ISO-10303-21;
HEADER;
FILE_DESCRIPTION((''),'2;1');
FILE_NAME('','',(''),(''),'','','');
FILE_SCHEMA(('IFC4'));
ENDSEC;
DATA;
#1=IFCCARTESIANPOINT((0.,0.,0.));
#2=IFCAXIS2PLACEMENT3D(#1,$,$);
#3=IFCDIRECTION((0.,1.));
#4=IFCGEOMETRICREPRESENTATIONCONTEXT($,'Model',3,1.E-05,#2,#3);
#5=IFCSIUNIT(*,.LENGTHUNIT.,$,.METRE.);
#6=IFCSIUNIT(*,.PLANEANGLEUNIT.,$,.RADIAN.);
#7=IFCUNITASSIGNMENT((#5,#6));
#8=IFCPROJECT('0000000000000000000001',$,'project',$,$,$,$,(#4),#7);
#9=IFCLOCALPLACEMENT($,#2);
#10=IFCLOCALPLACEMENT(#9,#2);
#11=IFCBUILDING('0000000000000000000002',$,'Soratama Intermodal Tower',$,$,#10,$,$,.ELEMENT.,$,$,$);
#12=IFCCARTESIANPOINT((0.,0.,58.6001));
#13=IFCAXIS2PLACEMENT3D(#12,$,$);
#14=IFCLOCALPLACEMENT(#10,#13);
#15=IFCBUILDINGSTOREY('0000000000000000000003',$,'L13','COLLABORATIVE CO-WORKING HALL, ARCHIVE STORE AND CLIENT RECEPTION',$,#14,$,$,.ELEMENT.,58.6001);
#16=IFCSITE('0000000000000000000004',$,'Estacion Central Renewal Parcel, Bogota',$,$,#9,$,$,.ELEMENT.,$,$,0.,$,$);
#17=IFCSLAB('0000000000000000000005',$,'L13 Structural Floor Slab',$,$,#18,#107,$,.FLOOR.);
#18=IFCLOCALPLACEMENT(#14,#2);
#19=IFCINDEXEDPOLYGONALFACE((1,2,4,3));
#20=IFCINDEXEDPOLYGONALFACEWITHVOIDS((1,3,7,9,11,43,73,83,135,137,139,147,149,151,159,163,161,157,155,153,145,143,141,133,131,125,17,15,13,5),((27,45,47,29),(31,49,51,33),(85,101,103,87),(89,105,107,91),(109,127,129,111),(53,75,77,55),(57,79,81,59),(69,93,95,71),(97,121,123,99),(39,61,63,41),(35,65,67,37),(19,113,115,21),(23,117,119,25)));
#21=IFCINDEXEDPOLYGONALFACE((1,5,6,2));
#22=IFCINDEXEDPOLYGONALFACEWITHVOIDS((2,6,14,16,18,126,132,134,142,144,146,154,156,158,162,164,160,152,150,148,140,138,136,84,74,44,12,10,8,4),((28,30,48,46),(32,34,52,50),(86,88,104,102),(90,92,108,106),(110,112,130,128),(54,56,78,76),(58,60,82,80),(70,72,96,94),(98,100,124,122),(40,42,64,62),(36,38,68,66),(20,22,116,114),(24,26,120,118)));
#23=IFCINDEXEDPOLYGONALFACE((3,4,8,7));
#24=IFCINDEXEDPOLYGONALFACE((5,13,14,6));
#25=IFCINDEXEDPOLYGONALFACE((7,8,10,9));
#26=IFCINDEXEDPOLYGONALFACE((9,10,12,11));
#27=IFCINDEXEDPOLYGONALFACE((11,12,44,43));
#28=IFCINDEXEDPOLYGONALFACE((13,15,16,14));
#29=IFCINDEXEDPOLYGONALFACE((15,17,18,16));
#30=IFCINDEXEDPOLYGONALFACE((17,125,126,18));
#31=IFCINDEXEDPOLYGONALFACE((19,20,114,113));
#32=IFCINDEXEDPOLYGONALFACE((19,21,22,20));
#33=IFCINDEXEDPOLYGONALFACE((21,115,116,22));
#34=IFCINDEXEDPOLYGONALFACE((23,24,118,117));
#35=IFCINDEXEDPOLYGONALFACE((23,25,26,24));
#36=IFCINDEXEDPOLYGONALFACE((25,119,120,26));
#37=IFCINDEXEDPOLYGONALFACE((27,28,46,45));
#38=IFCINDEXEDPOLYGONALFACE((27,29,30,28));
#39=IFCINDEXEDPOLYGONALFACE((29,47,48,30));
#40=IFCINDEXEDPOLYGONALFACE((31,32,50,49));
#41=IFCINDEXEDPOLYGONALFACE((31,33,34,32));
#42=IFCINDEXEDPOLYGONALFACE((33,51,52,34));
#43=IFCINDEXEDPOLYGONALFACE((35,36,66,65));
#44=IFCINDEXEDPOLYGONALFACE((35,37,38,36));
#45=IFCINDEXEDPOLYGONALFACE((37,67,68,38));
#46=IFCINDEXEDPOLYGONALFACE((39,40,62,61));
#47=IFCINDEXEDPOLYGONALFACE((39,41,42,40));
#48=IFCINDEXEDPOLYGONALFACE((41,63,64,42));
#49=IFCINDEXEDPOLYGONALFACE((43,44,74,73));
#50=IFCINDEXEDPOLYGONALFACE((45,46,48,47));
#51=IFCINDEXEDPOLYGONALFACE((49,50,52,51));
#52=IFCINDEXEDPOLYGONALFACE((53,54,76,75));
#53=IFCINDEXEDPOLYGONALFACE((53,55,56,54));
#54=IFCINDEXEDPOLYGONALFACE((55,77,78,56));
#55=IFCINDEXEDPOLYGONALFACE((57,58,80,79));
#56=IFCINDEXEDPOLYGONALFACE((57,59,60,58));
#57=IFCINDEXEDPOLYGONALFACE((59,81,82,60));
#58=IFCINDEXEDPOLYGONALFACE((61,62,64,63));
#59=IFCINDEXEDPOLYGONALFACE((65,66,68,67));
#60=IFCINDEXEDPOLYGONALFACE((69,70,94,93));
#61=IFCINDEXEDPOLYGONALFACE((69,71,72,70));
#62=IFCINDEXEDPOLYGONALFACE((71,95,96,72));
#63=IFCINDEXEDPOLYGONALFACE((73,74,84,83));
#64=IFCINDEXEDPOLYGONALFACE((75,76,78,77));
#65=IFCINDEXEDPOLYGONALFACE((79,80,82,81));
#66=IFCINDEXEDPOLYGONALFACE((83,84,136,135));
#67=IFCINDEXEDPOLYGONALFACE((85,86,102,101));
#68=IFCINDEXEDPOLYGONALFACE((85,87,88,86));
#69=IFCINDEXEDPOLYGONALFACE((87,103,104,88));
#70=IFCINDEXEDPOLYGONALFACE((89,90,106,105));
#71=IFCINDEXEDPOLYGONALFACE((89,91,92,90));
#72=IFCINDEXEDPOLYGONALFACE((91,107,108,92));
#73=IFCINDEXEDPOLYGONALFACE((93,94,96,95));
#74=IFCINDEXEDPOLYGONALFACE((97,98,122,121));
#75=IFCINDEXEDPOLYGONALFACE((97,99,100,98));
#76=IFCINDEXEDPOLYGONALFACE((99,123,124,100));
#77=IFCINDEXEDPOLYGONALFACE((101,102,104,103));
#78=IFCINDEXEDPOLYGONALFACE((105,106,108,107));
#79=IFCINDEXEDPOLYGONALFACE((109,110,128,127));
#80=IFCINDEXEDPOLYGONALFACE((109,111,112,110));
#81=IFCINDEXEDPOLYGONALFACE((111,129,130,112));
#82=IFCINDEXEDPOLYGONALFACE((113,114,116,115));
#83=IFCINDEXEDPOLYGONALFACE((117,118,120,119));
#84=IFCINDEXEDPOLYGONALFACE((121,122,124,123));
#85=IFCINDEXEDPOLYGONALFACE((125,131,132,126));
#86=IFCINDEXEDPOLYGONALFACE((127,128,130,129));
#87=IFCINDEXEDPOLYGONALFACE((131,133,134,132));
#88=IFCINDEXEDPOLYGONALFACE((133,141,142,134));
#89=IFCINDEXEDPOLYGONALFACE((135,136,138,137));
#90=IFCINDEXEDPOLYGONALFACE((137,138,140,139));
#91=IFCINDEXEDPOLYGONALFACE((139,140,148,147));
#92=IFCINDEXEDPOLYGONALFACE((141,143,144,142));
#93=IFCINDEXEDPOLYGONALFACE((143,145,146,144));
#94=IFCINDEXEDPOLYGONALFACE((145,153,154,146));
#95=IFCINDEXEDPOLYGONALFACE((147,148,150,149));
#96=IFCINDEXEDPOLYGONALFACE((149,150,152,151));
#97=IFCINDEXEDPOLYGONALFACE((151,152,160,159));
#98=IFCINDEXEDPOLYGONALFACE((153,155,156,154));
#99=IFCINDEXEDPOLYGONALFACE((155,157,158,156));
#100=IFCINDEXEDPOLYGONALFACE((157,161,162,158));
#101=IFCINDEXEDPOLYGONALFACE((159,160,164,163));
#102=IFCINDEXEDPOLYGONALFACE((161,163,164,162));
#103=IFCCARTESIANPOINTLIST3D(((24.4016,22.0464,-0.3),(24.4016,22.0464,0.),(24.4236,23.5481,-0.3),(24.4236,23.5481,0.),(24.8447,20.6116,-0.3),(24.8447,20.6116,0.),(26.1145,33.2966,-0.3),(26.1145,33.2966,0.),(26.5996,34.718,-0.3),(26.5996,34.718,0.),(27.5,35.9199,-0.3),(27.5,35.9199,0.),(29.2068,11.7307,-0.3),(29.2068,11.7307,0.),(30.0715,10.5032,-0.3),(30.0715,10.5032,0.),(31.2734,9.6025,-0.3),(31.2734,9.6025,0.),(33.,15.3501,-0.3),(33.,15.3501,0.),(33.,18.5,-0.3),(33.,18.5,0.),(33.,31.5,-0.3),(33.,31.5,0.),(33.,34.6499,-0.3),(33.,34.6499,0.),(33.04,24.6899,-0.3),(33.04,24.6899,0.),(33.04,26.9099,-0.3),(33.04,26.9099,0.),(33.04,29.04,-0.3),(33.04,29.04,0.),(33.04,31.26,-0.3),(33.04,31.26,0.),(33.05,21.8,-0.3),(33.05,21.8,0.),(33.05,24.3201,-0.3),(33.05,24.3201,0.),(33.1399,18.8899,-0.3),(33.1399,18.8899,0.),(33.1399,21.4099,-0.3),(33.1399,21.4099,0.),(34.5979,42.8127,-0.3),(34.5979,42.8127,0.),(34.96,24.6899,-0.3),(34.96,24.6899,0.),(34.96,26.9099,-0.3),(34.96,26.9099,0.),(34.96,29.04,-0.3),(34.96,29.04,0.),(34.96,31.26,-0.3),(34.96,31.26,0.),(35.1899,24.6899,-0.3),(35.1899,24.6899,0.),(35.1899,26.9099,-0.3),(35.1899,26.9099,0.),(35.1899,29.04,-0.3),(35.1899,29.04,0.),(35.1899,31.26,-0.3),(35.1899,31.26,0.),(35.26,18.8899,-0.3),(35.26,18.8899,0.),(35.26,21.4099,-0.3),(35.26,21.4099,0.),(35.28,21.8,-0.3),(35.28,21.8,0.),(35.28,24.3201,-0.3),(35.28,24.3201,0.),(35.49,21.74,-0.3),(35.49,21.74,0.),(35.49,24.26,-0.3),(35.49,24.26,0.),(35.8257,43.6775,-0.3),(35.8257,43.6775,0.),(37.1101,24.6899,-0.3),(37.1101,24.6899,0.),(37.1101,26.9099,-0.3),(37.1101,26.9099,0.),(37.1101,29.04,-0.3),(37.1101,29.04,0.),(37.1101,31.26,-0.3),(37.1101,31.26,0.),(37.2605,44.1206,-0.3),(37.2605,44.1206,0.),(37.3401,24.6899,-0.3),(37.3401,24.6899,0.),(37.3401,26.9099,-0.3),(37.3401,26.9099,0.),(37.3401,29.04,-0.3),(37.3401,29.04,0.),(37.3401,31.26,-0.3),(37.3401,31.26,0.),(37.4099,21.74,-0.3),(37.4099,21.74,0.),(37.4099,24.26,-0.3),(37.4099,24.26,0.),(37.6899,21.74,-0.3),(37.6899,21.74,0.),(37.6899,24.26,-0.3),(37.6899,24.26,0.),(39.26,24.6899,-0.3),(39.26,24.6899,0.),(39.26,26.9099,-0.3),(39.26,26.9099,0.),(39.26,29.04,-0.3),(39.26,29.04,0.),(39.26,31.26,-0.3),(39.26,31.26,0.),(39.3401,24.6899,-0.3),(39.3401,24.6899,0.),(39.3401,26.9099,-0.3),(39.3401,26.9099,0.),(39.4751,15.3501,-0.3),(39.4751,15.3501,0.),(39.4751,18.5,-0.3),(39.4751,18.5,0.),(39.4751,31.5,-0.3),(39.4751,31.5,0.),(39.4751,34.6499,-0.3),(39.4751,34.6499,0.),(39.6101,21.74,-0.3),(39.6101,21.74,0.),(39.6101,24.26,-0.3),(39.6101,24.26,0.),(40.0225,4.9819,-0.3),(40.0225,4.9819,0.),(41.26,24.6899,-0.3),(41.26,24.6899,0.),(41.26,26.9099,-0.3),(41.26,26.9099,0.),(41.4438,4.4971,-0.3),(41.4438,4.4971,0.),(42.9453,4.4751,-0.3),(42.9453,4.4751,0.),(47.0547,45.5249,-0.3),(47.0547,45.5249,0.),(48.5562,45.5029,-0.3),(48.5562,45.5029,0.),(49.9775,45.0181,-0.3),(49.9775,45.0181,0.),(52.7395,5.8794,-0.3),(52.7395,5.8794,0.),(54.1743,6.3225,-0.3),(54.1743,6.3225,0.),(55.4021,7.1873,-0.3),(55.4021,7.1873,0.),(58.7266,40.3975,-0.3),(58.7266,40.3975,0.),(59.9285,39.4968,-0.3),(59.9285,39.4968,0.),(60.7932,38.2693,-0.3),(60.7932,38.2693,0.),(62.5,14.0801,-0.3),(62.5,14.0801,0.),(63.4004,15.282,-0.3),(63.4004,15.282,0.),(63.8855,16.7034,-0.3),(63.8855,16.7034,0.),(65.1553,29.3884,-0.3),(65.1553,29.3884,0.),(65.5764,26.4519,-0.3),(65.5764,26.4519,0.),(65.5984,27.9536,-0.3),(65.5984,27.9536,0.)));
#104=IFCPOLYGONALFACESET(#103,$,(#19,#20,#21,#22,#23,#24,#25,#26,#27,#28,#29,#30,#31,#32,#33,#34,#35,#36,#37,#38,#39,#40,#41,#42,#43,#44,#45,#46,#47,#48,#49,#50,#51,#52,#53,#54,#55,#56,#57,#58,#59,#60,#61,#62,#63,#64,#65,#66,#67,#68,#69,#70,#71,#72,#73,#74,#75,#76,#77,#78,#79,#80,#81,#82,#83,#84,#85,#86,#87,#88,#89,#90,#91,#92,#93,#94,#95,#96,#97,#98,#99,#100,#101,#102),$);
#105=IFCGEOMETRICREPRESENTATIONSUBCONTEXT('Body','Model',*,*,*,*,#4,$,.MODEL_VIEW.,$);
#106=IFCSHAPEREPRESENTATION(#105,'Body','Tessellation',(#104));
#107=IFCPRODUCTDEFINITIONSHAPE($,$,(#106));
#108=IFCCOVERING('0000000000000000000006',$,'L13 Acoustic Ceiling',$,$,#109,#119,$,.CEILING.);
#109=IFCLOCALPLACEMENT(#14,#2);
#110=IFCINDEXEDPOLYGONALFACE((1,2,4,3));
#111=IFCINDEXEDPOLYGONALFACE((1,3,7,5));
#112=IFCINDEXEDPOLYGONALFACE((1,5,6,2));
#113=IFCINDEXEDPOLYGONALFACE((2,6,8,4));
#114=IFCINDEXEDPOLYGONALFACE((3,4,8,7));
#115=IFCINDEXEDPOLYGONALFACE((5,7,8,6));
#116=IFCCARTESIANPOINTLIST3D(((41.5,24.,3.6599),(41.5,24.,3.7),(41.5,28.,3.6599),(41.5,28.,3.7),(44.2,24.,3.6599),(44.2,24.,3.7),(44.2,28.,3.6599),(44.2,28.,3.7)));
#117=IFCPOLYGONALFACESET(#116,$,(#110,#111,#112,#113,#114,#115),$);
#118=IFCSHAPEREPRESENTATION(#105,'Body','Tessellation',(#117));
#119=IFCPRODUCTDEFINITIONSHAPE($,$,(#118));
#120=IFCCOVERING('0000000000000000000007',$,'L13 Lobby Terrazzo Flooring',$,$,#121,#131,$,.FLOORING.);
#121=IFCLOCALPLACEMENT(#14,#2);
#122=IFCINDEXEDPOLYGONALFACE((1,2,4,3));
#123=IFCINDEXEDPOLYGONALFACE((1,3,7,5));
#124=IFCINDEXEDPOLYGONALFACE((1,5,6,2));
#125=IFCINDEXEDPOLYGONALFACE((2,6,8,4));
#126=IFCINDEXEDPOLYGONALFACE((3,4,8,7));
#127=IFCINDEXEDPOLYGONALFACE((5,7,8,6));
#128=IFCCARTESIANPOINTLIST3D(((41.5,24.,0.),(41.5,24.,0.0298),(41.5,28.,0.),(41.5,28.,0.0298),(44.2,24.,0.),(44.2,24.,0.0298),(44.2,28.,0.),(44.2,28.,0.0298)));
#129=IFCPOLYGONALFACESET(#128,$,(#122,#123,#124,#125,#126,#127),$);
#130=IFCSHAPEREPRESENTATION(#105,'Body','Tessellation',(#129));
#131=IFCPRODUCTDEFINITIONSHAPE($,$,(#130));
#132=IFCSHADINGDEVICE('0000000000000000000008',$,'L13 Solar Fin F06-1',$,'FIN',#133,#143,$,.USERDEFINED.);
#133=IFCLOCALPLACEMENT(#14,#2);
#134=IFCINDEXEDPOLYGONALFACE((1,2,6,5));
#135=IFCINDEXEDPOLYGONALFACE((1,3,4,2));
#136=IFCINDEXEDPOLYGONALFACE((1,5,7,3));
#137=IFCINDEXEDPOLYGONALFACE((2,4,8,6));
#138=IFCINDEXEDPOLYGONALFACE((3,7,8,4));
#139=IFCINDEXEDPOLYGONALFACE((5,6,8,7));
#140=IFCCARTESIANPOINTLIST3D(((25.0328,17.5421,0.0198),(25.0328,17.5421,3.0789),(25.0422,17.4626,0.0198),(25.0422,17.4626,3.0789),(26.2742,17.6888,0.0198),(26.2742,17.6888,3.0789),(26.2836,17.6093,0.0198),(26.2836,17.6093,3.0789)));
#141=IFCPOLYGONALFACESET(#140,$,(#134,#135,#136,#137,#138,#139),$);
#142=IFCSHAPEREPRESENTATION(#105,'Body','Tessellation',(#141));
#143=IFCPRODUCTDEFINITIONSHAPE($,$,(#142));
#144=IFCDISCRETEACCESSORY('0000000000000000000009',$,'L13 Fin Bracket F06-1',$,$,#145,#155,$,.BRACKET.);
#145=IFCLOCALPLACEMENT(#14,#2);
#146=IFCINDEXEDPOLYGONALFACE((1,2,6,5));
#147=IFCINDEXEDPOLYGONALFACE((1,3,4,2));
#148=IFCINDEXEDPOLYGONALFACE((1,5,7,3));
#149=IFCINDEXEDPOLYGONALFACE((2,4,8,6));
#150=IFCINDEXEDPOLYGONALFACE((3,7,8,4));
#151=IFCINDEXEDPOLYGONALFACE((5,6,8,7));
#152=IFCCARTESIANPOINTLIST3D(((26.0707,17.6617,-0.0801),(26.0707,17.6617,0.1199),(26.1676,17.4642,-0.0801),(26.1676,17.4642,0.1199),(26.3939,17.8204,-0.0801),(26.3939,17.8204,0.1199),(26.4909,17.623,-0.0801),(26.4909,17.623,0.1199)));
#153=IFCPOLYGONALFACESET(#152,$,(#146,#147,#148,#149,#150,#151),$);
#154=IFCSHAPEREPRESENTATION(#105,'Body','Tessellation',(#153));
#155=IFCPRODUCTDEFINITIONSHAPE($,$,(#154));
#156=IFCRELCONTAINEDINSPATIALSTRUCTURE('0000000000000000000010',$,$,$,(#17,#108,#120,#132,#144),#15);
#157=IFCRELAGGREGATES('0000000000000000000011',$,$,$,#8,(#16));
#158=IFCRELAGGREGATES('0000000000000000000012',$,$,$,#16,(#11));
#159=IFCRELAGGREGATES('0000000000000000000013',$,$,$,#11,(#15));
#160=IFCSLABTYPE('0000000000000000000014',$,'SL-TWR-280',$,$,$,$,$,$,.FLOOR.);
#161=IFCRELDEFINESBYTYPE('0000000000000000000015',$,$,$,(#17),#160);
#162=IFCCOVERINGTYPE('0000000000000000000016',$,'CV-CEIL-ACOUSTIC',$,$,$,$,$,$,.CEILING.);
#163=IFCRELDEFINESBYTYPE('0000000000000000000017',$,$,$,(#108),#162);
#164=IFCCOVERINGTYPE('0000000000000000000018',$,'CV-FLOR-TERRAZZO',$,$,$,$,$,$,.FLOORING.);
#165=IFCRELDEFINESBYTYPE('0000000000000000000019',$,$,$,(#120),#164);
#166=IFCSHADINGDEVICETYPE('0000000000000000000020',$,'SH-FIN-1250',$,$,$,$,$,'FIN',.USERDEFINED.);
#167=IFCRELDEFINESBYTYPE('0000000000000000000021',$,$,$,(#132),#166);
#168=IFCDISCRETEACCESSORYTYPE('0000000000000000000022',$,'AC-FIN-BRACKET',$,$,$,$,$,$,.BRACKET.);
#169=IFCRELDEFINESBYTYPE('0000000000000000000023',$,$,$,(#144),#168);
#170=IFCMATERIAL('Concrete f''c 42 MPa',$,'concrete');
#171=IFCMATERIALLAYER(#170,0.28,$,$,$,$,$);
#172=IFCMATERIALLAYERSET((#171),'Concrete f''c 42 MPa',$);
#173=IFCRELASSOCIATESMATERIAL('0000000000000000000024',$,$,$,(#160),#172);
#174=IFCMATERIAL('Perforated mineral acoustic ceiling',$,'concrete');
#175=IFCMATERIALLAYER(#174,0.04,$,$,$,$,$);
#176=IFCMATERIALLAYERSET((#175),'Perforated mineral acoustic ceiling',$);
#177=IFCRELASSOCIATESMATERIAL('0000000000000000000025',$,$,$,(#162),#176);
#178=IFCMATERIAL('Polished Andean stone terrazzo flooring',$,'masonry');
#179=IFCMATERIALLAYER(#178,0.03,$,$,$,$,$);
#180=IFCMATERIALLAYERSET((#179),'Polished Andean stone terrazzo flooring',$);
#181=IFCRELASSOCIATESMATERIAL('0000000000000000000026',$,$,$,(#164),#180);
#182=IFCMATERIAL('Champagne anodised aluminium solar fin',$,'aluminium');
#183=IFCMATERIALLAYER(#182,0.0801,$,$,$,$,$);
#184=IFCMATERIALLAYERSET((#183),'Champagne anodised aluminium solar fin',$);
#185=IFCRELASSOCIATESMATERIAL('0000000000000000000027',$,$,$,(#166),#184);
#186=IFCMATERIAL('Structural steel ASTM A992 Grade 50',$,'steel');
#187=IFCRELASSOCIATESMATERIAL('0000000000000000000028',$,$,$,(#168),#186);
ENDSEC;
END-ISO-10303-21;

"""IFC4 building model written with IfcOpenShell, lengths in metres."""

from ifc_helpers import new_model, si_unit, direction, frame, origin, origin_2d, place, context, subcontext, project, spatial, polyline, rectangle, outline, extrude, material, layer, layer_set, type_object, element, save


model = new_model("IFC4")

# Units and contexts
model_context = context("Model", 3, precision=1e-05, world=origin(), true_north=direction((0.0, 1.0)))
body_context = subcontext(model_context, "Body", "Model", "MODEL_VIEW")
ifc_project = project(units=[si_unit("LENGTHUNIT", "METRE"), si_unit("PLANEANGLEUNIT", "RADIAN")], contexts=[model_context])

# Site, building, storey
site_placement = place(None, origin())
site = spatial("IfcSite", under=ifc_project, at=site_placement, Name="Estacion Central Renewal Parcel, Bogota", CompositionType="ELEMENT", RefElevation=0.0)
building_placement = place(site_placement, origin())
building = spatial("IfcBuilding", under=site, at=building_placement, Name="Soratama Intermodal Tower", CompositionType="ELEMENT")
storey_placement = place(building_placement, frame((0.0, 0.0, 58.6001)))
storey = spatial("IfcBuildingStorey", under=building, at=storey_placement, Name="L13", Description="COLLABORATIVE CO-WORKING HALL, ARCHIVE STORE AND CLIENT RECEPTION", CompositionType="ELEMENT", Elevation=58.6001)

# Slab
ifc_material_1 = material(Name="Concrete f'c 42 MPa", Category="concrete")
ifc_layer_1 = layer(ifc_material_1, 0.28)
ifc_layer_set_1 = layer_set([ifc_layer_1], Name="Concrete f'c 42 MPa")
slab_type_1 = type_object("IfcSlabType", Name="SL-TWR-280", PredefinedType="FLOOR", material=ifc_layer_set_1)
slab_1_placement = place(storey_placement, frame((0.0, 0.0, -0.3)))
element("IfcSlab", 1, at=slab_1_placement, inside=storey, type_object=slab_type_1, Name="L13 Structural Floor Slab", PredefinedType="FLOOR", context=body_context, shape_type="SweptSolid", body=[
    extrude(outline(polyline([(65.5764, 26.4519), (65.5984, 27.9536), (65.1553, 29.3884), (60.7932, 38.2693), (59.9285, 39.4968), (58.7266, 40.3975), (49.9775, 45.0181), (48.5562, 45.5029), (47.0547, 45.5249), (37.2605, 44.1206), (35.8257, 43.6775), (34.5979, 42.8127), (27.5, 35.9199), (26.5996, 34.718), (26.1145, 33.2966), (24.4236, 23.5481), (24.4016, 22.0464), (24.8447, 20.6116), (29.2068, 11.7307), (30.0715, 10.5032), (31.2734, 9.6025), (40.0225, 4.9819), (41.4438, 4.4971), (42.9453, 4.4751), (52.7395, 5.8794), (54.1743, 6.3225), (55.4021, 7.1873), (62.5, 14.0801), (63.4004, 15.282), (63.8855, 16.7034), (65.5764, 26.4519)]), holes=[polyline([(33.0, 18.5), (33.0, 15.3501), (39.4751, 15.3501), (39.4751, 18.5), (33.0, 18.5)]), polyline([(35.26, 18.8899), (35.26, 21.4099), (33.1399, 21.4099), (33.1399, 18.8899), (35.26, 18.8899)]), polyline([(33.05, 21.8), (35.28, 21.8), (35.28, 24.3201), (33.05, 24.3201), (33.05, 21.8)]), polyline([(34.96, 26.9099), (33.04, 26.9099), (33.04, 24.6899), (34.96, 24.6899), (34.96, 26.9099)]), polyline([(37.1101, 24.6899), (37.1101, 26.9099), (35.1899, 26.9099), (35.1899, 24.6899), (37.1101, 24.6899)]), polyline([(34.96, 29.04), (34.96, 31.26), (33.04, 31.26), (33.04, 29.04), (34.96, 29.04)]), polyline([(37.1101, 31.26), (35.1899, 31.26), (35.1899, 29.04), (37.1101, 29.04), (37.1101, 31.26)]), polyline([(37.4099, 21.74), (37.4099, 24.26), (35.49, 24.26), (35.49, 21.74), (37.4099, 21.74)]), polyline([(39.6101, 21.74), (39.6101, 24.26), (37.6899, 24.26), (37.6899, 21.74), (39.6101, 21.74)]), polyline([(39.26, 24.6899), (39.26, 26.9099), (37.3401, 26.9099), (37.3401, 24.6899), (39.26, 24.6899)]), polyline([(41.26, 24.6899), (41.26, 26.9099), (39.3401, 26.9099), (39.3401, 24.6899), (41.26, 24.6899)]), polyline([(39.26, 29.04), (39.26, 31.26), (37.3401, 31.26), (37.3401, 29.04), (39.26, 29.04)]), polyline([(39.4751, 34.6499), (33.0, 34.6499), (33.0, 31.5), (39.4751, 31.5), (39.4751, 34.6499)])]), origin(), (0.0, 0.0, 1.0), 0.3),
])

# Coverings
ifc_material_2 = material(Name="Perforated mineral acoustic ceiling", Category="concrete")
ifc_layer_2 = layer(ifc_material_2, 0.04)
ifc_layer_set_2 = layer_set([ifc_layer_2], Name="Perforated mineral acoustic ceiling")
covering_type_1 = type_object("IfcCoveringType", Name="CV-CEIL-ACOUSTIC", PredefinedType="CEILING", material=ifc_layer_set_2)
covering_1_placement = place(storey_placement, frame((0.0, 0.0, 3.6599)))
element("IfcCovering", 2, at=covering_1_placement, inside=storey, type_object=covering_type_1, Name="L13 Acoustic Ceiling", PredefinedType="CEILING", context=body_context, shape_type="SweptSolid", body=[
    extrude(outline(polyline([(41.5, 24.0), (44.2, 24.0), (44.2, 28.0), (41.5, 28.0), (41.5, 24.0)])), origin(), (0.0, 0.0, 1.0), 0.04),
])
ifc_material_3 = material(Name="Polished Andean stone terrazzo flooring", Category="masonry")
ifc_layer_3 = layer(ifc_material_3, 0.03)
ifc_layer_set_3 = layer_set([ifc_layer_3], Name="Polished Andean stone terrazzo flooring")
covering_type_2 = type_object("IfcCoveringType", Name="CV-FLOR-TERRAZZO", PredefinedType="FLOORING", material=ifc_layer_set_3)
covering_2_placement = place(storey_placement, origin())
element("IfcCovering", 3, at=covering_2_placement, inside=storey, type_object=covering_type_2, Name="L13 Lobby Terrazzo Flooring", PredefinedType="FLOORING", context=body_context, shape_type="SweptSolid", body=[
    extrude(outline(polyline([(41.5, 24.0), (44.2, 24.0), (44.2, 28.0), (41.5, 28.0), (41.5, 24.0)])), origin(), (0.0, 0.0, 1.0), 0.0298),
])

# Shading device
ifc_material_4 = material(Name="Champagne anodised aluminium solar fin", Category="aluminium")
ifc_layer_4 = layer(ifc_material_4, 0.0801)
ifc_layer_set_4 = layer_set([ifc_layer_4], Name="Champagne anodised aluminium solar fin")
shading_device_type = type_object("IfcShadingDeviceType", Name="SH-FIN-1250", ElementType="FIN", PredefinedType="USERDEFINED", material=ifc_layer_set_4)
shading_device_placement = place(storey_placement, frame((25.6582, 17.5757, 0.0198), z_axis=(0.0, 0.0, 1.0), x_axis=(-0.993089, -0.117364, 0.0)))
element("IfcShadingDevice", 4, at=shading_device_placement, inside=storey, type_object=shading_device_type, Name="L13 Solar Fin F06-1", ObjectType="FIN", PredefinedType="USERDEFINED", context=body_context, shape_type="SweptSolid", body=[
    extrude(rectangle(XDim=1.25, YDim=0.0801, at=origin_2d()), origin(), (0.0, 0.0, 1.0), 3.0591),
])

# Discrete accessory
ifc_material_5 = material(Name="Structural steel ASTM A992 Grade 50", Category="steel")
discrete_accessory_type = type_object("IfcDiscreteAccessoryType", Name="AC-FIN-BRACKET", PredefinedType="BRACKET", material=ifc_material_5)
discrete_accessory_placement = place(storey_placement, frame((26.2808, 17.6423, -0.0801), z_axis=(0.0, 0.0, 1.0), x_axis=(-0.897566, -0.440879, 0.0)))
element("IfcDiscreteAccessory", 5, at=discrete_accessory_placement, inside=storey, type_object=discrete_accessory_type, Name="L13 Fin Bracket F06-1", PredefinedType="BRACKET", context=body_context, shape_type="SweptSolid", body=[
    extrude(rectangle(XDim=0.3601, YDim=0.22, at=origin_2d()), origin(), (0.0, 0.0, 1.0), 0.2),
])

save(model, "model.ifc")
